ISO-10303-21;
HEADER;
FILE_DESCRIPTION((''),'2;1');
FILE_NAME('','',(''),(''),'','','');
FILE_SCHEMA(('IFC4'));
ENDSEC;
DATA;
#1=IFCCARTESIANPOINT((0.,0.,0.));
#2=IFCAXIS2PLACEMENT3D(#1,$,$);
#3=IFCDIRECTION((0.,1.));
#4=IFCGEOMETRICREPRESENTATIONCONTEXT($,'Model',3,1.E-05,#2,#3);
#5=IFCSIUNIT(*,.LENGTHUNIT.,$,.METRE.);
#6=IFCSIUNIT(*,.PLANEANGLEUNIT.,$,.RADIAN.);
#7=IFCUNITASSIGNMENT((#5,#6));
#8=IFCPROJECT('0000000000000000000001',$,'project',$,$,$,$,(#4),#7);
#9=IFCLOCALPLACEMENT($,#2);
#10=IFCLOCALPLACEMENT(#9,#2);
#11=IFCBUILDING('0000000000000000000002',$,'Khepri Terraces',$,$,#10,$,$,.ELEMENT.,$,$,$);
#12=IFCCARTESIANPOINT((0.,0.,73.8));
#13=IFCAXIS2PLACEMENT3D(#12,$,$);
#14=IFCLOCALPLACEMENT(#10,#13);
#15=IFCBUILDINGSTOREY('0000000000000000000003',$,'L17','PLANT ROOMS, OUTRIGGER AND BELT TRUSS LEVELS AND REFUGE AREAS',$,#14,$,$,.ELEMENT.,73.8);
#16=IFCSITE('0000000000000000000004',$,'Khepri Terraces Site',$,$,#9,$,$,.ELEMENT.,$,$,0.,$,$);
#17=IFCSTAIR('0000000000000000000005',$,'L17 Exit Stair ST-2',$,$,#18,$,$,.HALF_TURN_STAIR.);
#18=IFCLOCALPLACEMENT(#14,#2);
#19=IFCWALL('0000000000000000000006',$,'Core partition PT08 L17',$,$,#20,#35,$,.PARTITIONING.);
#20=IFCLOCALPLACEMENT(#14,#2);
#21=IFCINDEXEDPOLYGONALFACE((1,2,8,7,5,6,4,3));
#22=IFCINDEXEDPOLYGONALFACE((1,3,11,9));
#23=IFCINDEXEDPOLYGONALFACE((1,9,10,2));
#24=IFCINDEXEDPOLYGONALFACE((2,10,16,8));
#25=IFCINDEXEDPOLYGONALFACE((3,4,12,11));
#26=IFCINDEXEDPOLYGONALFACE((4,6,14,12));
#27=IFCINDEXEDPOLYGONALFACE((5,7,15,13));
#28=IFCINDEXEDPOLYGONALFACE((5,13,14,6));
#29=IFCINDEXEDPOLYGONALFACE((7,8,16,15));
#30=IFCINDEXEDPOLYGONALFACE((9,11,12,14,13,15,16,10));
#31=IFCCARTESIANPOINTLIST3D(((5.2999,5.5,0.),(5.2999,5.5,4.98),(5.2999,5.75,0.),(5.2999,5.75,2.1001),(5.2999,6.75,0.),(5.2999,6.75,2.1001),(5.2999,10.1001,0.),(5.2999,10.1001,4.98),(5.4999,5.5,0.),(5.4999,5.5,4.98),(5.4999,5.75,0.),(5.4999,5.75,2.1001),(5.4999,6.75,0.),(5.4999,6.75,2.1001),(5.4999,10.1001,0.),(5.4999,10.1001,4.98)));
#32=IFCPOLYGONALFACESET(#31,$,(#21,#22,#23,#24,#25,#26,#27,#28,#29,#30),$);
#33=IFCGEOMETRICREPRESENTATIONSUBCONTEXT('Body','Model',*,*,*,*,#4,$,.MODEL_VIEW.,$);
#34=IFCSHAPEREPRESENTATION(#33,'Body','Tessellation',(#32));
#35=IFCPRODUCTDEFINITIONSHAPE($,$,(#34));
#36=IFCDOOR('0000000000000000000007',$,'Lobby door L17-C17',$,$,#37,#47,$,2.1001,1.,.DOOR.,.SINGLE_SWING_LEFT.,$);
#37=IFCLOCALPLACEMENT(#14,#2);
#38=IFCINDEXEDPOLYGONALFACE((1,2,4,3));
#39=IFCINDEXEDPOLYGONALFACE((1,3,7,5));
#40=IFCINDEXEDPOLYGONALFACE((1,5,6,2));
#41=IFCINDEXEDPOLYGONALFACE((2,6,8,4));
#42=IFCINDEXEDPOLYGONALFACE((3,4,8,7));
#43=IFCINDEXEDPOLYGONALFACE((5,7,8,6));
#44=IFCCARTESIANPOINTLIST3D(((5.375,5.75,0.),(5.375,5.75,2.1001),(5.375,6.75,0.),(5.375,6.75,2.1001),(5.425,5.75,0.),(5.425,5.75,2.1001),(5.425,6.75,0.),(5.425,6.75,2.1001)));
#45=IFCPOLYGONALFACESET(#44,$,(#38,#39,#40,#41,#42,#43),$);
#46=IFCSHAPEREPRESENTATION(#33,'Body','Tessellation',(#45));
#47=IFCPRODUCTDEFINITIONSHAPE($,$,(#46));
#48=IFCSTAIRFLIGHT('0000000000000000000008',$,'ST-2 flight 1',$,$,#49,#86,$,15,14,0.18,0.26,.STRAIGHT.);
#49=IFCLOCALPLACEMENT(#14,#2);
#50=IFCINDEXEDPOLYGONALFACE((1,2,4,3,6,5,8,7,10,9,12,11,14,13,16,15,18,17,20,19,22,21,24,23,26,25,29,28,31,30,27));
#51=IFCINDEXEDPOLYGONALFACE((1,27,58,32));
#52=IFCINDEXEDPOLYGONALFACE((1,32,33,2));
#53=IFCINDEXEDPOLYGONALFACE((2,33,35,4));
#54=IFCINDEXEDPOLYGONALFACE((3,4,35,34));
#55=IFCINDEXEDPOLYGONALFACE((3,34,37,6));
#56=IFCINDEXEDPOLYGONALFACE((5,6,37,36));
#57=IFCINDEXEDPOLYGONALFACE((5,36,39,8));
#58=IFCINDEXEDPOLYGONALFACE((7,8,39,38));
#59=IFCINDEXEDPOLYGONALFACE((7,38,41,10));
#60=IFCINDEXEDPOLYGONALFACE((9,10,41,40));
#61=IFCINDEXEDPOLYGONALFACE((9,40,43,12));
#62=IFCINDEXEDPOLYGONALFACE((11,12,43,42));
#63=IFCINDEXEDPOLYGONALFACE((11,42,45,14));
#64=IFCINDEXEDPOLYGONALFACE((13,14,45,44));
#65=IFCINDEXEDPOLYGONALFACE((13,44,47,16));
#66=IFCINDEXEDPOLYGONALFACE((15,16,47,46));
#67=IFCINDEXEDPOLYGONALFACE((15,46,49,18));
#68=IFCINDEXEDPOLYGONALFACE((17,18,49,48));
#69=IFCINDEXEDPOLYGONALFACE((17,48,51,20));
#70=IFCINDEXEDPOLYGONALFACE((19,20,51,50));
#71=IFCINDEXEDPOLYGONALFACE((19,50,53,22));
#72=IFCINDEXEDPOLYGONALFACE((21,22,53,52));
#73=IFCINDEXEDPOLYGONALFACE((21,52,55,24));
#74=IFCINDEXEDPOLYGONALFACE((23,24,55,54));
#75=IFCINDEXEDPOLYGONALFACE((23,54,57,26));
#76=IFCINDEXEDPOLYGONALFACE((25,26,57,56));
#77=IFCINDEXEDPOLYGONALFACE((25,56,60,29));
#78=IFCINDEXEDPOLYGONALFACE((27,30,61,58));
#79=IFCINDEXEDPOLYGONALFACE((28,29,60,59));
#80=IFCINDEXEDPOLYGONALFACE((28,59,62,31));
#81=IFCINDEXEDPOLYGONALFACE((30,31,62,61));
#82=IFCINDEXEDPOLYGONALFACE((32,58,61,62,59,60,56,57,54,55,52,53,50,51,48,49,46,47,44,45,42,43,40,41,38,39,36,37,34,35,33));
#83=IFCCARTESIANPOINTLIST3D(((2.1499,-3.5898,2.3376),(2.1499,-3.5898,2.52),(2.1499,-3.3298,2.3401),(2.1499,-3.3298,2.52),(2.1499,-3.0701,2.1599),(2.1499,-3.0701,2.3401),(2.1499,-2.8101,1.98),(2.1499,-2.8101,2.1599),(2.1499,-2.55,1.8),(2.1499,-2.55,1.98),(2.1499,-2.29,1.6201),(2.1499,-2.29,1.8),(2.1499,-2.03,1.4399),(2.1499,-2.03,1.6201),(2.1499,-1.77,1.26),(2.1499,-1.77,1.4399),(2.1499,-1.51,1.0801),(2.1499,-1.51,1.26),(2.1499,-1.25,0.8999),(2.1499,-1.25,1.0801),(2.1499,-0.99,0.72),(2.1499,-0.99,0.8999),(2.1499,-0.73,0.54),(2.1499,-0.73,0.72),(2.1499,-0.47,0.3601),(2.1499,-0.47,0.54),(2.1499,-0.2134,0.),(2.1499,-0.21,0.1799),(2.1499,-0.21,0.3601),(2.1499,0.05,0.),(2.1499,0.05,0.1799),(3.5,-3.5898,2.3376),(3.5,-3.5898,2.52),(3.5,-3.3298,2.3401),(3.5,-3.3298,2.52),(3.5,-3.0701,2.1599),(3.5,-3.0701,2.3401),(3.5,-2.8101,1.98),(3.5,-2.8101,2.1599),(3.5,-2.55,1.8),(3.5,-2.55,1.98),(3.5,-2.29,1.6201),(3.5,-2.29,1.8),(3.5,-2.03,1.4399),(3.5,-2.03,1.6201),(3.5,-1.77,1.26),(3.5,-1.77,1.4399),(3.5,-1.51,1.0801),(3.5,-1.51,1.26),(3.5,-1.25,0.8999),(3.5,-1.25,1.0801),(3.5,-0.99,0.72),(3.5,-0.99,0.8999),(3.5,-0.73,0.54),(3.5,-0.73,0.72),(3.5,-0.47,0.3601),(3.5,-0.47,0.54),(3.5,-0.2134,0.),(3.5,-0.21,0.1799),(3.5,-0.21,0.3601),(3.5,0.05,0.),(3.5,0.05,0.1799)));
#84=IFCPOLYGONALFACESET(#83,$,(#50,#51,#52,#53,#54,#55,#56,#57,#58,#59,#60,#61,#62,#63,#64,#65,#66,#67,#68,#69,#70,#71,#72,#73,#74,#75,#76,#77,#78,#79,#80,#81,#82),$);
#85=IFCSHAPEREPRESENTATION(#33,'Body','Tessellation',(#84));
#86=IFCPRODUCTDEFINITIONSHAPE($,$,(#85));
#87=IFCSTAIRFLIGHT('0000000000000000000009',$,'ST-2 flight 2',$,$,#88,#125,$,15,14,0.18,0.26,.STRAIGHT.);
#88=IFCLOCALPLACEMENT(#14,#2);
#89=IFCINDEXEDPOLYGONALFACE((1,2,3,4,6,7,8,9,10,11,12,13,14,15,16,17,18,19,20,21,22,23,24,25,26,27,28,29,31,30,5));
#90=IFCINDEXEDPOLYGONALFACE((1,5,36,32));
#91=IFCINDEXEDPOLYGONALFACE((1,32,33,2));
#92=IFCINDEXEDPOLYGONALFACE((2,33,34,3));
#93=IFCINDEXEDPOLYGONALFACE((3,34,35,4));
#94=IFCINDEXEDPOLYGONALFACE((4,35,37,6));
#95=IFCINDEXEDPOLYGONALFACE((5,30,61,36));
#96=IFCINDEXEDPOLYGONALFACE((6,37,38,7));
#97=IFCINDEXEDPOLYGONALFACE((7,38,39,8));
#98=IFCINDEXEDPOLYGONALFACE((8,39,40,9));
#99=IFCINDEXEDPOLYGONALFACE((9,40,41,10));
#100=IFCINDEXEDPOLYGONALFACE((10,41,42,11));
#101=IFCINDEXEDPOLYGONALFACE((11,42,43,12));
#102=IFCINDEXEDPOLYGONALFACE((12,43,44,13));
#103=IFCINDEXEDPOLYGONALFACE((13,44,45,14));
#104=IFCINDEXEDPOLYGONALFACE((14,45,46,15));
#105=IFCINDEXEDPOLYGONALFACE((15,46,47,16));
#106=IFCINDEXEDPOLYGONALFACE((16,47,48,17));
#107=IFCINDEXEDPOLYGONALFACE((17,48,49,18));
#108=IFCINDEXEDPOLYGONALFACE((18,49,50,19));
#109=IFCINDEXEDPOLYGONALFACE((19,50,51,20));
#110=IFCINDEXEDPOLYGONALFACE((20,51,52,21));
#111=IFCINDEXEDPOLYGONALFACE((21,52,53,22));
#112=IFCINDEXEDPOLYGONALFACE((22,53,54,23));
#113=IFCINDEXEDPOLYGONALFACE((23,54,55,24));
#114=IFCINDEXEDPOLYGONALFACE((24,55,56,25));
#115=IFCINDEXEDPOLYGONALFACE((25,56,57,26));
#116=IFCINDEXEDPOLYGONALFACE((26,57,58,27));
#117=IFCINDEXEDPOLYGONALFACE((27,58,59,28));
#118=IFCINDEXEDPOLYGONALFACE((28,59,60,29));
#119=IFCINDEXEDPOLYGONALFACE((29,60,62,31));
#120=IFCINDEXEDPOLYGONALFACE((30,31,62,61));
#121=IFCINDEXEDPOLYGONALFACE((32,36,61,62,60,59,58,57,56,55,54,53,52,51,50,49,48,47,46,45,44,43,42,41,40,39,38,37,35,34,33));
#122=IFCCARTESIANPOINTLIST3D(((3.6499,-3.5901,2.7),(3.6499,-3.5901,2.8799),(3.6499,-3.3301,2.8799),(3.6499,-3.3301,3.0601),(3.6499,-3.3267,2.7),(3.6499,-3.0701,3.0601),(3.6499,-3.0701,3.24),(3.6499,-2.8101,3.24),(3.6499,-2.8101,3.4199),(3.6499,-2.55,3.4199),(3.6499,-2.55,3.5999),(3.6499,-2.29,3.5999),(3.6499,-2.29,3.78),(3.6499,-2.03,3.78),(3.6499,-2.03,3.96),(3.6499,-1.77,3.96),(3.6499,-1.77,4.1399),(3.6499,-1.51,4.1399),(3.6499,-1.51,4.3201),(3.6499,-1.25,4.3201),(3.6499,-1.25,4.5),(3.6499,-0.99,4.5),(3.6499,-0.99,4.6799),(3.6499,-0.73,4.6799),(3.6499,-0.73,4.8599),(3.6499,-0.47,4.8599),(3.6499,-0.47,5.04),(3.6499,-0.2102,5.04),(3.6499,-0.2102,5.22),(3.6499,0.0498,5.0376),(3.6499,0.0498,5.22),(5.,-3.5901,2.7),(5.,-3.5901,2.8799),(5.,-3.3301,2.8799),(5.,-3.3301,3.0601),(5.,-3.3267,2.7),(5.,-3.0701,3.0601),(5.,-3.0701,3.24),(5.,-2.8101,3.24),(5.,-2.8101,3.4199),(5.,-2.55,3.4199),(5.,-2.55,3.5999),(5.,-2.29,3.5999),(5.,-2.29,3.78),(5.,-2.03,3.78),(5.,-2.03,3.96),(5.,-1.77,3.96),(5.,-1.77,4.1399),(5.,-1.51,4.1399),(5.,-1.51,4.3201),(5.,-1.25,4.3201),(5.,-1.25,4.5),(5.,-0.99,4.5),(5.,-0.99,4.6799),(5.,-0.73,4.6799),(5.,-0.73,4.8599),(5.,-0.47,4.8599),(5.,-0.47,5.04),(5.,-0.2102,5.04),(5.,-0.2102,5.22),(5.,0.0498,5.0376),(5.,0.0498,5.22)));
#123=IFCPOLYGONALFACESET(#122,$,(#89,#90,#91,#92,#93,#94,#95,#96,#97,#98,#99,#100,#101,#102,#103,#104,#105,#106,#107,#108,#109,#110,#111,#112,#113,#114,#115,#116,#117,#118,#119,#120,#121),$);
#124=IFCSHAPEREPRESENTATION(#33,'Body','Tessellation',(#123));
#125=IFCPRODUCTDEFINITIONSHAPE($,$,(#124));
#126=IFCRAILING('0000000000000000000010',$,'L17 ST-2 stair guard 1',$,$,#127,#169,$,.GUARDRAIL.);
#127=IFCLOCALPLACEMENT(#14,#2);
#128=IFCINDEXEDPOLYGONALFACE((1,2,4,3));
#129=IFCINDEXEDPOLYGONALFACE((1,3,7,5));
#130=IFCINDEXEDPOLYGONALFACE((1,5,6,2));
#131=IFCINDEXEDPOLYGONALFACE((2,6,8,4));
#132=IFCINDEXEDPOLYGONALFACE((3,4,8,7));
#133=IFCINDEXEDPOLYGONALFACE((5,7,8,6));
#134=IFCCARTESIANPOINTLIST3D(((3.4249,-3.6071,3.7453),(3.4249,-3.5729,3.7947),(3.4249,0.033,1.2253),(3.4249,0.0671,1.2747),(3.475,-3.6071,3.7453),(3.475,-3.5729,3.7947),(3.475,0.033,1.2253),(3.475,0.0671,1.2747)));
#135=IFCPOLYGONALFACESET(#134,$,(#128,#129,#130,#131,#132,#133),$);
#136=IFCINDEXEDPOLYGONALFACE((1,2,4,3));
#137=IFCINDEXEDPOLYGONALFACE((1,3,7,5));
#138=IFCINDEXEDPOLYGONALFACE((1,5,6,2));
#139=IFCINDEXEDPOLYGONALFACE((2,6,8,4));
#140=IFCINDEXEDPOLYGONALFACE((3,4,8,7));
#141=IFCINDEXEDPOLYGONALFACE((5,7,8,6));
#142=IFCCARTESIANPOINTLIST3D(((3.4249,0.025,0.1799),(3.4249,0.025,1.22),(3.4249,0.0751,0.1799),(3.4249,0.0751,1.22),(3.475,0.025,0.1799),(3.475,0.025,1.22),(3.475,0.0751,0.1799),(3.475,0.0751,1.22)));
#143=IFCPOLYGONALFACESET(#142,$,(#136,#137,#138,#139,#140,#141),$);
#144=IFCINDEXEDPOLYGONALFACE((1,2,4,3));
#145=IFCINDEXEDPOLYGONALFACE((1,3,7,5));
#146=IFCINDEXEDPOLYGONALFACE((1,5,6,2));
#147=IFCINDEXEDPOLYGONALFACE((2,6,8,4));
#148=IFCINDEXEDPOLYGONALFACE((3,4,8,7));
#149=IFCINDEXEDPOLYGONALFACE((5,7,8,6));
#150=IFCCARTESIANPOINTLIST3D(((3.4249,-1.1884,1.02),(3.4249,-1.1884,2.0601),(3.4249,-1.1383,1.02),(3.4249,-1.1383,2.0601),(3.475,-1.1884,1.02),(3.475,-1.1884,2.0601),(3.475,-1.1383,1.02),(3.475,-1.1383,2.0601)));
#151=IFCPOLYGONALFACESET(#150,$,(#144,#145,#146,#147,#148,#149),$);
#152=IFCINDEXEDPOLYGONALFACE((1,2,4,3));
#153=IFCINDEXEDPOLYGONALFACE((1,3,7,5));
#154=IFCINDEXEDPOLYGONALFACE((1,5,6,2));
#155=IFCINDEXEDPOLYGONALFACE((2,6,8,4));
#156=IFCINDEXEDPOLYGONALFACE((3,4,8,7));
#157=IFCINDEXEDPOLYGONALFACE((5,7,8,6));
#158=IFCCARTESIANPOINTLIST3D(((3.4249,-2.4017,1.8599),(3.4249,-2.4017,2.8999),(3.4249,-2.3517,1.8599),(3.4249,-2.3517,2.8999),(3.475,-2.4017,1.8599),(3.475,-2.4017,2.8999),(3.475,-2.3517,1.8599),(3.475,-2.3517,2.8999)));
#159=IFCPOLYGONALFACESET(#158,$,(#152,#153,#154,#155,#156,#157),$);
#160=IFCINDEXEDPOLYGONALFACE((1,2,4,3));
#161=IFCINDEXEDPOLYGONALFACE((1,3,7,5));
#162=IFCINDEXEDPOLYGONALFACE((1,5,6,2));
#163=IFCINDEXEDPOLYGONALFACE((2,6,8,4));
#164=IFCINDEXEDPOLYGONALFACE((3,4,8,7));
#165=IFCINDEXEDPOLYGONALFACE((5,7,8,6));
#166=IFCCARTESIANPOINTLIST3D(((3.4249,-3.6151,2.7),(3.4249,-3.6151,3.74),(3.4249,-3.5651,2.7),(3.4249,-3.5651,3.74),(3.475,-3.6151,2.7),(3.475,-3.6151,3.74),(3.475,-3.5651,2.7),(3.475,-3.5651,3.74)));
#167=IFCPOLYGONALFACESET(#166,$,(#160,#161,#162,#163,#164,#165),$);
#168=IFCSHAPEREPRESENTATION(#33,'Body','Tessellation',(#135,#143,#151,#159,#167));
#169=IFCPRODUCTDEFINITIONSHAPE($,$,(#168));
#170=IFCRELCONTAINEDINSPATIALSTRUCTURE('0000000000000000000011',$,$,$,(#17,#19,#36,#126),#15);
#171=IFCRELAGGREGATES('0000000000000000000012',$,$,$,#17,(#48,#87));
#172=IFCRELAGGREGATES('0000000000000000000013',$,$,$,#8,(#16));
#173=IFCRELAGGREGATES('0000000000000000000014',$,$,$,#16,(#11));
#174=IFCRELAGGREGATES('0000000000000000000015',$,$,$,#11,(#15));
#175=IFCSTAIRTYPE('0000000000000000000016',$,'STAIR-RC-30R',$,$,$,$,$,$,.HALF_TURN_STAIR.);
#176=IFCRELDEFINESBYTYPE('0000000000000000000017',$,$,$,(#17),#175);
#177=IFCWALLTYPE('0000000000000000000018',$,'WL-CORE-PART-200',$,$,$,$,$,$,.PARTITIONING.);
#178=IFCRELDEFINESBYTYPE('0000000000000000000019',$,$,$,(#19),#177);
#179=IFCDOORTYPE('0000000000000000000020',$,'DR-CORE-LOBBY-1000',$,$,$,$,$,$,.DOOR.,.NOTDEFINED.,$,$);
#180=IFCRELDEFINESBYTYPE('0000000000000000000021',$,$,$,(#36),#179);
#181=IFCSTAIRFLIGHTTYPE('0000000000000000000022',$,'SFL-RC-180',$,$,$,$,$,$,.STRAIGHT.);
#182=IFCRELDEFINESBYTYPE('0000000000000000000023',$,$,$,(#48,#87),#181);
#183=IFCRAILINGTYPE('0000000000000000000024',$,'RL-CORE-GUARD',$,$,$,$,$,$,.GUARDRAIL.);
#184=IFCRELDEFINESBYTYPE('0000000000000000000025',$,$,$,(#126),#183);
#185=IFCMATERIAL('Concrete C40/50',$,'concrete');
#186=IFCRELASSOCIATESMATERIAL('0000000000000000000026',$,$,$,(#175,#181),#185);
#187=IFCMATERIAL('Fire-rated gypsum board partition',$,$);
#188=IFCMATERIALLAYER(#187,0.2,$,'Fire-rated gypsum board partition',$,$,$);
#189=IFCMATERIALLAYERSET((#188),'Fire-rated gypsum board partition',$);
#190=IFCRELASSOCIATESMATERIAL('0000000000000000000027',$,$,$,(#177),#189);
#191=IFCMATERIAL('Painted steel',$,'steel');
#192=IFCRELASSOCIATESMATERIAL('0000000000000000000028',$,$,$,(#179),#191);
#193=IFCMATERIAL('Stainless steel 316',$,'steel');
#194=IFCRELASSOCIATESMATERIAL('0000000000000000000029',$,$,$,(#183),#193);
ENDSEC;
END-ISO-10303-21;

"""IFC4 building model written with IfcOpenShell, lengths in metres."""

from ifc_helpers import new_model, si_unit, direction, frame, frame_2d, origin, origin_2d, place, context, subcontext, project, spatial, polyline, rectangle, outline, extrude, material, layer, layer_set, type_object, element, fill, aggregate, save


model = new_model("IFC4")

# Units and contexts
model_context = context("Model", 3, precision=1e-05, world=origin(), true_north=direction((0.0, 1.0)))
body_context = subcontext(model_context, "Body", "Model", "MODEL_VIEW")
ifc_project = project(units=[si_unit("LENGTHUNIT", "METRE"), si_unit("PLANEANGLEUNIT", "RADIAN")], contexts=[model_context])

# Site, building, storey
site_placement = place(None, origin())
site = spatial("IfcSite", under=ifc_project, at=site_placement, Name="Khepri Terraces Site", CompositionType="ELEMENT", RefElevation=0.0)
building_placement = place(site_placement, origin())
building = spatial("IfcBuilding", under=site, at=building_placement, Name="Khepri Terraces", CompositionType="ELEMENT")
storey_placement = place(building_placement, frame((0.0, 0.0, 73.8)))
storey = spatial("IfcBuildingStorey", under=building, at=storey_placement, Name="L17", Description="PLANT ROOMS, OUTRIGGER AND BELT TRUSS LEVELS AND REFUGE AREAS", CompositionType="ELEMENT", Elevation=73.8)

# Shared definitions
ifc_material_1 = material(Name="Concrete C40/50", Category="concrete")

# Stair
stair_type = type_object("IfcStairType", Name="STAIR-RC-30R", PredefinedType="HALF_TURN_STAIR", material=ifc_material_1)
stair_1_placement = place(storey_placement, origin())
stair_1 = element("IfcStair", 1, at=stair_1_placement, inside=storey, type_object=stair_type, Name="L17 Exit Stair ST-2", PredefinedType="HALF_TURN_STAIR")

# Shared definitions
ifc_material_2 = material(Name="Painted steel", Category="steel")

# Shared definitions
ifc_material_3 = material(Name="Fire-rated gypsum board partition")

# Wall, opening, door
ifc_layer_1 = layer(ifc_material_3, 0.2, Name="Fire-rated gypsum board partition")
ifc_layer_set_1 = layer_set([ifc_layer_1], Name="Fire-rated gypsum board partition")
wall_type_1 = type_object("IfcWallType", Name="WL-CORE-PART-200", PredefinedType="PARTITIONING", material=ifc_layer_set_1)
wall_1_placement = place(storey_placement, frame((5.3999, 5.5, 0.0), z_axis=(0.0, 0.0, 1.0), x_axis=(0.0, 1.0, 0.0)))
wall_1 = element("IfcWall", 2, at=wall_1_placement, inside=storey, type_object=wall_type_1, Name="Core partition PT08 L17", PredefinedType="PARTITIONING", context=body_context, shape_type="SweptSolid", body=[
    extrude(rectangle(XDim=4.6001, YDim=0.2, at=frame_2d((2.3, 0.0))), origin(), (0.0, 0.0, 1.0), 4.98),
])
opening_1_placement = place(wall_1_placement, frame((0.25, 0.0, 0.0)))
opening_1 = element("IfcOpeningElement", 3, at=opening_1_placement, cuts=wall_1, PredefinedType="OPENING", context=body_context, shape_type="SweptSolid", body=[
    extrude(rectangle(XDim=1.0, YDim=2.1001, at=frame_2d((0.5, 1.05))), frame((0.0, 0.1099, 0.0), z_axis=(0.0, -1.0, 0.0), x_axis=(1.0, 0.0, 0.0)), (0.0, 0.0, 1.0), 0.22),
])
door_type_1 = type_object("IfcDoorType", Name="DR-CORE-LOBBY-1000", OperationType="NOTDEFINED", PredefinedType="DOOR", material=ifc_material_2)
door_1_placement = place(opening_1_placement, origin())
door_1 = element("IfcDoor", 4, at=door_1_placement, inside=storey, type_object=door_type_1, Name="Lobby door L17-C17", OperationType="SINGLE_SWING_LEFT", OverallHeight=2.1001, OverallWidth=1.0, PredefinedType="DOOR", context=body_context, shape_type="SweptSolid", body=[
    extrude(rectangle(XDim=1.0, YDim=2.1001, at=frame_2d((0.5, 1.05))), frame((0.0, 0.0249, 0.0), z_axis=(0.0, -1.0, 0.0), x_axis=(1.0, 0.0, 0.0)), (0.0, 0.0, 1.0), 0.05),
])
fill(opening_1, door_1)

# Stair flights
stair_flight_type = type_object("IfcStairFlightType", Name="SFL-RC-180", PredefinedType="STRAIGHT", material=ifc_material_1)
stair_flight_1_placement = place(storey_placement, frame((2.825, 0.05, 0.0), z_axis=(0.0, 0.0, 1.0), x_axis=(0.0, -1.0, 0.0)))
stair_flight_1 = element("IfcStairFlight", 5, at=stair_flight_1_placement, type_object=stair_flight_type, Name="ST-2 flight 1", NumberOfRisers=15, NumberOfTreads=14, PredefinedType="STRAIGHT", RiserHeight=0.18, TreadLength=0.26, context=body_context, shape_type="SweptSolid", body=[
    extrude(outline(polyline([(0.0, 0.0), (0.0, 0.1799), (0.26, 0.1799), (0.26, 0.3601), (0.52, 0.3601), (0.52, 0.54), (0.78, 0.54), (0.78, 0.72), (1.04, 0.72), (1.04, 0.8999), (1.3, 0.8999), (1.3, 1.0801), (1.5601, 1.0801), (1.5601, 1.26), (1.8201, 1.26), (1.8201, 1.4399), (2.0801, 1.4399), (2.0801, 1.6201), (2.3401, 1.6201), (2.3401, 1.8), (2.6001, 1.8), (2.6001, 1.98), (2.8601, 1.98), (2.8601, 2.1599), (3.1201, 2.1599), (3.1201, 2.3401), (3.3799, 2.3401), (3.3799, 2.52), (3.6399, 2.52), (3.6399, 2.7), (3.6399, 2.3376), (0.2634, 0.0), (0.0, 0.0)])), frame((0.0, 0.675, 0.0), z_axis=(0.0, -1.0, 0.0), x_axis=(1.0, 0.0, 0.0)), (0.0, 0.0, 1.0), 1.3501),
])
stair_flight_2_placement = place(storey_placement, frame((4.325, -3.5901, 2.7), z_axis=(0.0, 0.0, 1.0), x_axis=(0.0, 1.0, 0.0)))
stair_flight_2 = element("IfcStairFlight", 6, at=stair_flight_2_placement, type_object=stair_flight_type, Name="ST-2 flight 2", NumberOfRisers=15, NumberOfTreads=14, PredefinedType="STRAIGHT", RiserHeight=0.18, TreadLength=0.26, context=body_context, shape_type="SweptSolid", body=[
    extrude(outline(polyline([(0.0, 0.0), (0.0, 0.1799), (0.26, 0.1799), (0.26, 0.3601), (0.52, 0.3601), (0.52, 0.54), (0.78, 0.54), (0.78, 0.72), (1.04, 0.72), (1.04, 0.8999), (1.3, 0.8999), (1.3, 1.0801), (1.5601, 1.0801), (1.5601, 1.26), (1.8201, 1.26), (1.8201, 1.4399), (2.0801, 1.4399), (2.0801, 1.6201), (2.3401, 1.6201), (2.3401, 1.8), (2.6001, 1.8), (2.6001, 1.98), (2.8601, 1.98), (2.8601, 2.1599), (3.1201, 2.1599), (3.1201, 2.3401), (3.3799, 2.3401), (3.3799, 2.52), (3.6399, 2.52), (3.6399, 2.7), (3.6399, 2.3376), (0.2634, 0.0), (0.0, 0.0)])), frame((0.0, 0.675, 0.0), z_axis=(0.0, -1.0, 0.0), x_axis=(1.0, 0.0, 0.0)), (0.0, 0.0, 1.0), 1.3501),
])
aggregate(stair_1, [stair_flight_1, stair_flight_2])

# Railing
ifc_material_4 = material(Name="Stainless steel 316", Category="steel")
railing_type_1 = type_object("IfcRailingType", Name="RL-CORE-GUARD", PredefinedType="GUARDRAIL", material=ifc_material_4)
railing_1_placement = place(storey_placement, frame((3.45, 0.05, 0.1799)))
element("IfcRailing", 7, at=railing_1_placement, inside=storey, type_object=railing_type_1, Name="L17 ST-2 stair guard 1", PredefinedType="GUARDRAIL", context=body_context, shape_type="SweptSolid", body=[
    extrude(rectangle(XDim=0.05, YDim=0.0601, at=origin_2d()), frame((0.0, 0.0, 1.0701), z_axis=(0.0, -0.8222, 0.569199), x_axis=(1.0, 0.0, 0.0)), (0.0, 0.0, 1.0), 4.4272),
    extrude(rectangle(XDim=0.05, YDim=0.05, at=origin_2d()), origin(), (0.0, 0.0, 1.0), 1.04),
    extrude(rectangle(XDim=0.05, YDim=0.05, at=origin_2d()), frame((0.0, -1.2134, 0.8401)), (0.0, 0.0, 1.0), 1.04),
    extrude(rectangle(XDim=0.05, YDim=0.05, at=origin_2d()), frame((0.0, -2.4268, 1.6799)), (0.0, 0.0, 1.0), 1.04),
    extrude(rectangle(XDim=0.05, YDim=0.05, at=origin_2d()), frame((0.0, -3.6401, 2.52)), (0.0, 0.0, 1.0), 1.04),
])

save(model, "model.ifc")
